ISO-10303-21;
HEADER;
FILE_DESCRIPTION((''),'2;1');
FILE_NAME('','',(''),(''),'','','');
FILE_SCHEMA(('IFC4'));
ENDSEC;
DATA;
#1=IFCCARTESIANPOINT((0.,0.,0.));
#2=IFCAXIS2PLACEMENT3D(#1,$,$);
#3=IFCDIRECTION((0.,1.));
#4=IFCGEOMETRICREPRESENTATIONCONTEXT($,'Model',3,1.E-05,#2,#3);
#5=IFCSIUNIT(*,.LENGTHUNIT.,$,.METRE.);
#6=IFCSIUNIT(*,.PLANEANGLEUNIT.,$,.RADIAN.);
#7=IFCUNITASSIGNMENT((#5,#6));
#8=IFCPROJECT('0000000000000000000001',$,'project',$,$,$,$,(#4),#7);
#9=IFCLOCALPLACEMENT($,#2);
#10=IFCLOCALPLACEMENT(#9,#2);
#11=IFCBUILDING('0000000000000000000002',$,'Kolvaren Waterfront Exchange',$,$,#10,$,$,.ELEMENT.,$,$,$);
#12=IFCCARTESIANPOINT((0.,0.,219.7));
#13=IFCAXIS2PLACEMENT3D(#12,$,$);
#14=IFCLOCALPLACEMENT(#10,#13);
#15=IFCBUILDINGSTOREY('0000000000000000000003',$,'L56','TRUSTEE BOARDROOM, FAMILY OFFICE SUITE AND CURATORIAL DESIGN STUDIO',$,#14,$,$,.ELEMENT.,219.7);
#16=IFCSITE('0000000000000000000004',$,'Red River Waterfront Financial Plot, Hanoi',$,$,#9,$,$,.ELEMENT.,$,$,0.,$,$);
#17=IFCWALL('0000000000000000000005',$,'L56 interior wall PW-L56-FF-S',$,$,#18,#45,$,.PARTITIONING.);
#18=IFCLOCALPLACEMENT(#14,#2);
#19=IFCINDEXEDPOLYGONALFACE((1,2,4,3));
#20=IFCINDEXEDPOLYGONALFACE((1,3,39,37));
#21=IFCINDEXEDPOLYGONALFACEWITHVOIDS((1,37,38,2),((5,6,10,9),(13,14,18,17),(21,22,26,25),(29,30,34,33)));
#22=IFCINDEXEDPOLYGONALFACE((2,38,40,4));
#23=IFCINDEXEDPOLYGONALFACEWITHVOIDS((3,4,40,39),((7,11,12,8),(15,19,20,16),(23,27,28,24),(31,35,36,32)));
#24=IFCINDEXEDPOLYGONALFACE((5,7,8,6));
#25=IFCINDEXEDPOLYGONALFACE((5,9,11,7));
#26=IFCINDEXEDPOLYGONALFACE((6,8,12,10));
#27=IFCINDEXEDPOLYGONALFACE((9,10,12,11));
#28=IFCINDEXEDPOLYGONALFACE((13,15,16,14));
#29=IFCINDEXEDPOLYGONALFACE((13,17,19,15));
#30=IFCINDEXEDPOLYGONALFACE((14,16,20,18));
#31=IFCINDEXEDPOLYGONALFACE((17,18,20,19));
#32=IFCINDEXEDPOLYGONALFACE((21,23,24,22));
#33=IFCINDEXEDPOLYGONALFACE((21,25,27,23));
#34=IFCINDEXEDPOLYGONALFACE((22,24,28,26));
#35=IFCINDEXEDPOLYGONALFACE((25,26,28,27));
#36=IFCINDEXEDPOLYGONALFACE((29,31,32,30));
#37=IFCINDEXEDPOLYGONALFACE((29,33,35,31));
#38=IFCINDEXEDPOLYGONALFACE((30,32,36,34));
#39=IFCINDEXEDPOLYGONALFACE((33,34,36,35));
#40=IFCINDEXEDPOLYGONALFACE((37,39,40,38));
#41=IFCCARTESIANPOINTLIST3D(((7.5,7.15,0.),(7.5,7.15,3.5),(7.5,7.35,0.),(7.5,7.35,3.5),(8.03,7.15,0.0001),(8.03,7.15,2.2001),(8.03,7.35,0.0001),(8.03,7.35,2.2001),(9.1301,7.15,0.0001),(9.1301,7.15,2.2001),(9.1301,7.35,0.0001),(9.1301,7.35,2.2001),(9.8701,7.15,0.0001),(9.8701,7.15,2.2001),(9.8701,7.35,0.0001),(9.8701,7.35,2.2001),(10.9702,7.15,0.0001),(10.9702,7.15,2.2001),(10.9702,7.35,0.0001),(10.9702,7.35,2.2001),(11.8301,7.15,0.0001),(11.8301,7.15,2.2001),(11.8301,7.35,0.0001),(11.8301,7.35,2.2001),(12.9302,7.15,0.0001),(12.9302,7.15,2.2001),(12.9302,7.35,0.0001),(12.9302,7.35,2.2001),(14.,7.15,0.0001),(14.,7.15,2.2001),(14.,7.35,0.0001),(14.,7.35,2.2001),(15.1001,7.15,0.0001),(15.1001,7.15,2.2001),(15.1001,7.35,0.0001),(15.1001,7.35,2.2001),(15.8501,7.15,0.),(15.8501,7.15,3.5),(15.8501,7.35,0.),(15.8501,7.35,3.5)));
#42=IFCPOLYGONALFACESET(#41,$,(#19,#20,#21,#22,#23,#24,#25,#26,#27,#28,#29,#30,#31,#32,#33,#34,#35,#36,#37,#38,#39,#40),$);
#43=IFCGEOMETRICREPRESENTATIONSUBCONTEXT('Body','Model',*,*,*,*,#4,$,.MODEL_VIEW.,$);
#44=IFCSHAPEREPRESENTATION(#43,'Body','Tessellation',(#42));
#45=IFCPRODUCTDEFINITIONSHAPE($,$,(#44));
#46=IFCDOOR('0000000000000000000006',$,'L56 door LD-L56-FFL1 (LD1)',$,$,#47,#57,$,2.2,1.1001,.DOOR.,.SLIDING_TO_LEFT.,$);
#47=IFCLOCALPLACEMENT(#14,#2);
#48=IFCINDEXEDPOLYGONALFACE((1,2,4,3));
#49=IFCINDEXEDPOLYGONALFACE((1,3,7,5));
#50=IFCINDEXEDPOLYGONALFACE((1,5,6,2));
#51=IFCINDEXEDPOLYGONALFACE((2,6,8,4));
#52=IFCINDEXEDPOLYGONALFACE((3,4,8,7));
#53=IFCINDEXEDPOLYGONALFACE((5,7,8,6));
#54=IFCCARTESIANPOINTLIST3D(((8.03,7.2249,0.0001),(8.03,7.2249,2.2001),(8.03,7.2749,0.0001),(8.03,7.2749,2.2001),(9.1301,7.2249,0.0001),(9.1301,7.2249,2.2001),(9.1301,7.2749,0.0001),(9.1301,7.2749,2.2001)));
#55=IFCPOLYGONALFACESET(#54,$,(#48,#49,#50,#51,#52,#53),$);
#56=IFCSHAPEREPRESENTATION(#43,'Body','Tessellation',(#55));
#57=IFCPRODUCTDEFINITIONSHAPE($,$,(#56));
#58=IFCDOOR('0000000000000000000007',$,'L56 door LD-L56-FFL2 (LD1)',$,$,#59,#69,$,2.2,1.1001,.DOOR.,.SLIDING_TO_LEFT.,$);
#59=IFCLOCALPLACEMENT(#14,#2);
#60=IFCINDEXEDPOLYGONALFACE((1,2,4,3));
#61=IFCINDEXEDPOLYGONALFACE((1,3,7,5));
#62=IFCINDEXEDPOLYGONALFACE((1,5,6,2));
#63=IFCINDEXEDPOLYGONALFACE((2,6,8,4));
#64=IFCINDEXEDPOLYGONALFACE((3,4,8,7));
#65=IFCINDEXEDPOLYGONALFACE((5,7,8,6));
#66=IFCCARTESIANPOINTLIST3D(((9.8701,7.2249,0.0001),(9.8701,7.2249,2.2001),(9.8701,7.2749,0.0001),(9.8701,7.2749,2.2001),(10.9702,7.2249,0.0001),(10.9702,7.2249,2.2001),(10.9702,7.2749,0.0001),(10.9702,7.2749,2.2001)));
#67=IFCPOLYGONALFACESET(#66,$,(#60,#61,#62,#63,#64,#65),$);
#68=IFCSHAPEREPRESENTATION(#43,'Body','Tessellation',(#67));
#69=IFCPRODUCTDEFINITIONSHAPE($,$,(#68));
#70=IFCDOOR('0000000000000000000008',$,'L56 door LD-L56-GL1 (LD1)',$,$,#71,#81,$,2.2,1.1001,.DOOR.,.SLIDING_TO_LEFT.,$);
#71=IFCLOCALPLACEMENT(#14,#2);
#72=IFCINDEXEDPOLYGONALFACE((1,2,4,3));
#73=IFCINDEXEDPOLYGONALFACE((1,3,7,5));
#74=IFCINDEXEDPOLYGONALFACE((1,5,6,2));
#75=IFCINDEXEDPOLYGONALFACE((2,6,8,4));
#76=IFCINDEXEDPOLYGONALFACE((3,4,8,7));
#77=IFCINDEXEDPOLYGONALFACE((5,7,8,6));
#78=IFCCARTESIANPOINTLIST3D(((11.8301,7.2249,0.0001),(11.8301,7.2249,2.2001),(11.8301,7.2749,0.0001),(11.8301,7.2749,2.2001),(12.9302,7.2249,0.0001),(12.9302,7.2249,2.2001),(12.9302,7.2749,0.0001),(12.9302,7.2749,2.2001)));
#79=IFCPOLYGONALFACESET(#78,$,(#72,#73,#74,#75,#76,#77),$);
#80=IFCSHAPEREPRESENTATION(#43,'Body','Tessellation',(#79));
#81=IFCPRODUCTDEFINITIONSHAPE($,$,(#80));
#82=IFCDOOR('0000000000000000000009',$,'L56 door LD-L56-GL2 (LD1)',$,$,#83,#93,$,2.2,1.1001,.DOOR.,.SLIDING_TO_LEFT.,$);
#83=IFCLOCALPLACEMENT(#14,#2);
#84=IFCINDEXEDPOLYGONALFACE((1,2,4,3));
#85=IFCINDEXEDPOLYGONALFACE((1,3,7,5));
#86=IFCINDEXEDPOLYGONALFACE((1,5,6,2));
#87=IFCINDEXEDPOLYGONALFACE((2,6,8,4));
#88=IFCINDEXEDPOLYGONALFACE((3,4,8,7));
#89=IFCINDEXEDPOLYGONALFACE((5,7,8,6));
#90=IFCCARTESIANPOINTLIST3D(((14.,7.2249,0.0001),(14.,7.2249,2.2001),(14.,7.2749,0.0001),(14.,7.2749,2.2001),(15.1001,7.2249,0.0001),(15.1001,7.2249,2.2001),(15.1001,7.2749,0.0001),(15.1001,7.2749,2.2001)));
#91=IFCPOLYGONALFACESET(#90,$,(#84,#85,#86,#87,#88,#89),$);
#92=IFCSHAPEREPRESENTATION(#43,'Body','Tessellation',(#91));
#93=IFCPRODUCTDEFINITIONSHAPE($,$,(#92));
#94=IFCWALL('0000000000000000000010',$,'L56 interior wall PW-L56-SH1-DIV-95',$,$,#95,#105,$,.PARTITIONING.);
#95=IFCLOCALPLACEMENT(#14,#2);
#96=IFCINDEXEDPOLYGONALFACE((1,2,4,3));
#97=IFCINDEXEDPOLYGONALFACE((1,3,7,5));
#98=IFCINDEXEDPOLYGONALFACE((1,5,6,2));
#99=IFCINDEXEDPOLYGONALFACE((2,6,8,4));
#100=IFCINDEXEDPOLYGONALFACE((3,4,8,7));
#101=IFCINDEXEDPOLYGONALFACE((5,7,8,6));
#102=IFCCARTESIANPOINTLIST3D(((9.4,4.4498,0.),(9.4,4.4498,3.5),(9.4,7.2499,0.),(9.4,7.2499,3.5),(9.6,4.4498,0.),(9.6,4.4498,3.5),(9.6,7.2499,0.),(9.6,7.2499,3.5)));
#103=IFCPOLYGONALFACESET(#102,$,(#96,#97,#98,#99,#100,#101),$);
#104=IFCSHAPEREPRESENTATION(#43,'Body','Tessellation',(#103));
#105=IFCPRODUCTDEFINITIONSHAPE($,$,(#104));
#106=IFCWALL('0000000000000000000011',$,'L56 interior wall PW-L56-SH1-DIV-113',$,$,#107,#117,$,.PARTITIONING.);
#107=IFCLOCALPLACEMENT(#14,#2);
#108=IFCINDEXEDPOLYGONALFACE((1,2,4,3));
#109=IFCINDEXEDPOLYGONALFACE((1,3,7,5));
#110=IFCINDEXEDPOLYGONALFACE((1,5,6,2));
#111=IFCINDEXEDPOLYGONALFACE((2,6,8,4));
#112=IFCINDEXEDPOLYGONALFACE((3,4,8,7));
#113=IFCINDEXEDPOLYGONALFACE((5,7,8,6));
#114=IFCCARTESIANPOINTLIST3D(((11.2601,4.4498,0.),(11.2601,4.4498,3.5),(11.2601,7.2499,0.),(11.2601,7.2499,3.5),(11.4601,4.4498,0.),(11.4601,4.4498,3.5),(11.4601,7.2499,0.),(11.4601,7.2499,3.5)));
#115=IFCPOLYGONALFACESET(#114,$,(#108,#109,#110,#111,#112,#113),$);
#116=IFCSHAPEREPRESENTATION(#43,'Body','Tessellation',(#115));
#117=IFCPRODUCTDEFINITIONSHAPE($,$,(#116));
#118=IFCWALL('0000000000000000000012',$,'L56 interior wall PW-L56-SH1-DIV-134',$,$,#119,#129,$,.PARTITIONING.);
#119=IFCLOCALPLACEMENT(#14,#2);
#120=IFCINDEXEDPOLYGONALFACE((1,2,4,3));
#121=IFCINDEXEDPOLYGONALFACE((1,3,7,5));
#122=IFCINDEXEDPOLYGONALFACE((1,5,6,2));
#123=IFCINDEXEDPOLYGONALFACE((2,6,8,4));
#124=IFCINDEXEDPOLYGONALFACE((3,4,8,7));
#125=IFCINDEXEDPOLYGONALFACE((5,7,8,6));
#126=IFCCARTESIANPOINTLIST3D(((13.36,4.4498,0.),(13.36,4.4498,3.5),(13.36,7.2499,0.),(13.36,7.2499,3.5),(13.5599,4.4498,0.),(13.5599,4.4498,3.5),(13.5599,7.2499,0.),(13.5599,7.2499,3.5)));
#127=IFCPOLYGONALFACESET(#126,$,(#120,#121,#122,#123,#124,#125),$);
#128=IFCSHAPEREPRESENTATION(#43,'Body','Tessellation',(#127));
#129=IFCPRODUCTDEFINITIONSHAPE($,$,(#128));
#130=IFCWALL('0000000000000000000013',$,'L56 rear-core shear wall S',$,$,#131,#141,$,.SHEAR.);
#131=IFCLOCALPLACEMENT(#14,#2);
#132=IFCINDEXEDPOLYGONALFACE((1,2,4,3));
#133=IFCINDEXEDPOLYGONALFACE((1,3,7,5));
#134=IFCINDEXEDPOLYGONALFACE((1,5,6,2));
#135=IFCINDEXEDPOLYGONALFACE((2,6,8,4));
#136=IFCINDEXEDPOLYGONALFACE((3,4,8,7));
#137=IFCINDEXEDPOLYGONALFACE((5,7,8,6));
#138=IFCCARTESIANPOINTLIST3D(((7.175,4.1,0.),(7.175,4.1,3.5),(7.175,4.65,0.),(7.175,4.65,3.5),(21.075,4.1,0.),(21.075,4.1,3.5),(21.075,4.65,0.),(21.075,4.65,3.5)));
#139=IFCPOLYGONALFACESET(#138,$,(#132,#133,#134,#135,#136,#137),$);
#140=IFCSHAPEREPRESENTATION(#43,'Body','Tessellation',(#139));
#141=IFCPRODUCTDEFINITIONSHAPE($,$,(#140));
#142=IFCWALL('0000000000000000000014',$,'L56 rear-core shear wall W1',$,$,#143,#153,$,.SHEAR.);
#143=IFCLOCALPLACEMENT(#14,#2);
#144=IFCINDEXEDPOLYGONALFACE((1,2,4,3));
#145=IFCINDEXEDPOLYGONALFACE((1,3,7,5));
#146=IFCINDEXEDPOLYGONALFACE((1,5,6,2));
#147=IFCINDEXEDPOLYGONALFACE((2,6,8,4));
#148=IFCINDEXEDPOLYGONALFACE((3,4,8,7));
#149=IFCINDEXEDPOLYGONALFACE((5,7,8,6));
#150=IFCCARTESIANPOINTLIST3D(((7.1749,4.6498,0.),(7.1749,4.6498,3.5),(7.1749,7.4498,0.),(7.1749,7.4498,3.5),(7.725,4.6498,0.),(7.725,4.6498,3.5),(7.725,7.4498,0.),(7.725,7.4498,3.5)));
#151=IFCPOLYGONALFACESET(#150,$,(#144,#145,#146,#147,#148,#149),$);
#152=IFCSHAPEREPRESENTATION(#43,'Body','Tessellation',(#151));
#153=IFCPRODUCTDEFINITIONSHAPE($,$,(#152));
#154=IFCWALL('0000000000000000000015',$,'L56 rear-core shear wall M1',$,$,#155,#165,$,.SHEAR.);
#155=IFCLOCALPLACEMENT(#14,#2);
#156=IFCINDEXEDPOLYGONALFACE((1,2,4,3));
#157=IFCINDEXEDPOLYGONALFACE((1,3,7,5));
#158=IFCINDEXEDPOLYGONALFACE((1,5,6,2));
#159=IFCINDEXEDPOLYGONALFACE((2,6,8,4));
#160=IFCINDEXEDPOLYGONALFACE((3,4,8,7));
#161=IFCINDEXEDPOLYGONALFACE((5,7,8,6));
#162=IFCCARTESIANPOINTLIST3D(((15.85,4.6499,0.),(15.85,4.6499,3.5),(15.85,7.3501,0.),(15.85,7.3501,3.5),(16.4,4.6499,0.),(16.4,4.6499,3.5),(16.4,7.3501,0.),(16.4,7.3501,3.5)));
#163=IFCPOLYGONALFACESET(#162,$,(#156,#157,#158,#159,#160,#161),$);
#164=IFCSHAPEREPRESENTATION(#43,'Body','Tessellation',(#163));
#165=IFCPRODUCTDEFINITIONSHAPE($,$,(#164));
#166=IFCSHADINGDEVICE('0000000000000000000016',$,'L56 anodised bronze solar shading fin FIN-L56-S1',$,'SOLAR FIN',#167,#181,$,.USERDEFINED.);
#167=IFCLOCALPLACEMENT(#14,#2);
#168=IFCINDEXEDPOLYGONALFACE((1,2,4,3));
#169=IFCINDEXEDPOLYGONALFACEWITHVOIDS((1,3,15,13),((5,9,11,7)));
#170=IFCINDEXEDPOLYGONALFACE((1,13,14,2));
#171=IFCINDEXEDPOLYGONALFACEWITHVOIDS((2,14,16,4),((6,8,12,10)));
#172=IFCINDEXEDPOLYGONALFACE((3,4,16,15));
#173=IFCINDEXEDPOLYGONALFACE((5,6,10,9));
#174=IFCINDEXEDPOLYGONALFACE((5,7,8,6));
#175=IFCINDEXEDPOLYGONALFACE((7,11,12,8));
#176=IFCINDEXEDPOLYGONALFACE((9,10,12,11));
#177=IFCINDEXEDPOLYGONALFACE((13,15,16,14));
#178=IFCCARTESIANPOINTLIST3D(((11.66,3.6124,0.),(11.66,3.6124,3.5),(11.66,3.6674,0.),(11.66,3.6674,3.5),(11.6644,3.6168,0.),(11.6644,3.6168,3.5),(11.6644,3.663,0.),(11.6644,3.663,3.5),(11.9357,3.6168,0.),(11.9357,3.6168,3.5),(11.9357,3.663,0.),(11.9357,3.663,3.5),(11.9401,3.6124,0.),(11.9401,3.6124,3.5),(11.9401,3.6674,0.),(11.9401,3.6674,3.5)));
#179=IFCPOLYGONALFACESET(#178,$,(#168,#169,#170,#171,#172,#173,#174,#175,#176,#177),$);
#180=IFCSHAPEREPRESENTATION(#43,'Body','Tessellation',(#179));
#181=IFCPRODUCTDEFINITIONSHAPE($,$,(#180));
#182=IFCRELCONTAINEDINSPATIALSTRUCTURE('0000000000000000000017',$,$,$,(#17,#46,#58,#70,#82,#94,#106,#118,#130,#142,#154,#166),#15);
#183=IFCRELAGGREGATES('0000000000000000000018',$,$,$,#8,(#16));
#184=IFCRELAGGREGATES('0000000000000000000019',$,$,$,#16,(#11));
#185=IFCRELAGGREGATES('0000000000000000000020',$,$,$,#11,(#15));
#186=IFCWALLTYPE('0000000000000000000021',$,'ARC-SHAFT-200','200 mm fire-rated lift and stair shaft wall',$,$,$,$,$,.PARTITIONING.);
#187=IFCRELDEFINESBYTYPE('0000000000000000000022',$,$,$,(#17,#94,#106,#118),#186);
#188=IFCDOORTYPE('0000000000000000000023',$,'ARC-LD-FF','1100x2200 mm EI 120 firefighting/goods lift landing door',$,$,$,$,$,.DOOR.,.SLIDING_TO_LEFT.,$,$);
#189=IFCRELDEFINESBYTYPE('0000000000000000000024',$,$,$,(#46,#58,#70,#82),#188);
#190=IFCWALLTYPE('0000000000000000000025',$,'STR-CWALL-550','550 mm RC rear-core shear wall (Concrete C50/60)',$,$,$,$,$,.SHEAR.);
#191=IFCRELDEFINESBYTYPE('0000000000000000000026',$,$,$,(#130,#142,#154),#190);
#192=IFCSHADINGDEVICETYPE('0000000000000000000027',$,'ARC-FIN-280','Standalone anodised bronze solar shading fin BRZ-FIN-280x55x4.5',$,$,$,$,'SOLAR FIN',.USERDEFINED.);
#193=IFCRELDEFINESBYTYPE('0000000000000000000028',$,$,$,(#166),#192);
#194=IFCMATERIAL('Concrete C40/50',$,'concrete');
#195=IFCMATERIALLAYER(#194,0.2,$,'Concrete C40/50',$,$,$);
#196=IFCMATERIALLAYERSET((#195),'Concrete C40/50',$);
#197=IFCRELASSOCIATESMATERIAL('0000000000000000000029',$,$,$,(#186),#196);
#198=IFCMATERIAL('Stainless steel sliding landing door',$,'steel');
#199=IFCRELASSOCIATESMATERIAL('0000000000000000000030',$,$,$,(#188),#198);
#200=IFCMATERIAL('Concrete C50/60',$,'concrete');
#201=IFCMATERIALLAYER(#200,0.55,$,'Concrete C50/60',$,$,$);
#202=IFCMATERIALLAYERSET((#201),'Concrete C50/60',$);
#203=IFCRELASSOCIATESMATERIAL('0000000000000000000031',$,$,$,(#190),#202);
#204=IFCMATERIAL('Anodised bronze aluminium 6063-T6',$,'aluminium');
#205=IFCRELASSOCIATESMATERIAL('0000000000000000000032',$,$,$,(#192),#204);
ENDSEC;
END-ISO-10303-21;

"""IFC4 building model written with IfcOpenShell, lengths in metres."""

from ifc_helpers import new_model, si_unit, direction, frame, frame_2d, origin, origin_2d, place, context, subcontext, project, spatial, rectangle, hollow_rectangle, extrude, material, layer, layer_set, material_profile, profile_set, type_object, element, fill, save


model = new_model("IFC4")

# Units and contexts
model_context = context("Model", 3, precision=1e-05, world=origin(), true_north=direction((0.0, 1.0)))
body_context = subcontext(model_context, "Body", "Model", "MODEL_VIEW")
ifc_project = project(units=[si_unit("LENGTHUNIT", "METRE"), si_unit("PLANEANGLEUNIT", "RADIAN")], contexts=[model_context])

# Site, building, storey
site_placement = place(None, origin())
site = spatial("IfcSite", under=ifc_project, at=site_placement, Name="Red River Waterfront Financial Plot, Hanoi", CompositionType="ELEMENT", RefElevation=0.0)
building_placement = place(site_placement, origin())
building = spatial("IfcBuilding", under=site, at=building_placement, Name="Kolvaren Waterfront Exchange", CompositionType="ELEMENT")
storey_placement = place(building_placement, frame((0.0, 0.0, 219.7)))
storey = spatial("IfcBuildingStorey", under=building, at=storey_placement, Name="L56", Description="TRUSTEE BOARDROOM, FAMILY OFFICE SUITE AND CURATORIAL DESIGN STUDIO", CompositionType="ELEMENT", Elevation=219.7)

# Shared definitions
ifc_material_1 = material(Name="Concrete C50/60", Category="concrete")

# Shared definitions
ifc_material_2 = material(Name="Anodised bronze aluminium 6063-T6", Category="aluminium")

# Shared definitions
ifc_material_3 = material(Name="Concrete C40/50", Category="concrete")
ifc_layer_1 = layer(ifc_material_3, 0.2, Name="Concrete C40/50")
ifc_layer_set_1 = layer_set([ifc_layer_1], Name="Concrete C40/50")
wall_type_1 = type_object("IfcWallType", Name="ARC-SHAFT-200", Description="200 mm fire-rated lift and stair shaft wall", PredefinedType="PARTITIONING", material=ifc_layer_set_1)

# Wall, openings, doors
wall_1_placement = place(storey_placement, frame((7.5, 7.25, 0.0), z_axis=(0.0, 0.0, 1.0), x_axis=(1.0, 0.0, 0.0)))
wall_1 = element("IfcWall", 1, at=wall_1_placement, inside=storey, type_object=wall_type_1, Name="L56 interior wall PW-L56-FF-S", PredefinedType="PARTITIONING", context=body_context, shape_type="SweptSolid", body=[
    extrude(rectangle(XDim=8.3501, YDim=0.2, at=frame_2d((4.175, 0.0))), origin(), (0.0, 0.0, 1.0), 3.5),
])
opening_1_placement = place(wall_1_placement, frame((0.53, 0.0, 0.0)))
opening_1 = element("IfcOpeningElement", 2, at=opening_1_placement, cuts=wall_1, PredefinedType="OPENING", context=body_context, shape_type="SweptSolid", body=[
    extrude(rectangle(XDim=1.1001, YDim=2.2, at=frame_2d((0.55, 1.1001))), frame((0.0, 0.1099, 0.0), z_axis=(0.0, -1.0, 0.0), x_axis=(1.0, 0.0, 0.0)), (0.0, 0.0, 1.0), 0.22),
])
opening_2_placement = place(wall_1_placement, frame((2.3701, 0.0, 0.0)))
opening_2 = element("IfcOpeningElement", 3, at=opening_2_placement, cuts=wall_1, PredefinedType="OPENING", context=body_context, shape_type="SweptSolid", body=[
    extrude(rectangle(XDim=1.1001, YDim=2.2, at=frame_2d((0.55, 1.1001))), frame((0.0, 0.1099, 0.0), z_axis=(0.0, -1.0, 0.0), x_axis=(1.0, 0.0, 0.0)), (0.0, 0.0, 1.0), 0.22),
])
opening_3_placement = place(wall_1_placement, frame((4.3301, 0.0, 0.0)))
opening_3 = element("IfcOpeningElement", 4, at=opening_3_placement, cuts=wall_1, PredefinedType="OPENING", context=body_context, shape_type="SweptSolid", body=[
    extrude(rectangle(XDim=1.1001, YDim=2.2, at=frame_2d((0.55, 1.1001))), frame((0.0, 0.1099, 0.0), z_axis=(0.0, -1.0, 0.0), x_axis=(1.0, 0.0, 0.0)), (0.0, 0.0, 1.0), 0.22),
])
opening_4_placement = place(wall_1_placement, frame((6.5, 0.0, 0.0)))
opening_4 = element("IfcOpeningElement", 5, at=opening_4_placement, cuts=wall_1, PredefinedType="OPENING", context=body_context, shape_type="SweptSolid", body=[
    extrude(rectangle(XDim=1.1001, YDim=2.2, at=frame_2d((0.55, 1.1001))), frame((0.0, 0.1099, 0.0), z_axis=(0.0, -1.0, 0.0), x_axis=(1.0, 0.0, 0.0)), (0.0, 0.0, 1.0), 0.22),
])
ifc_material_4 = material(Name="Stainless steel sliding landing door", Category="steel")
door_type = type_object("IfcDoorType", Name="ARC-LD-FF", Description="1100x2200 mm EI 120 firefighting/goods lift landing door", OperationType="SLIDING_TO_LEFT", PredefinedType="DOOR", material=ifc_material_4)
door_1_placement = place(opening_1_placement, origin())
door_1 = element("IfcDoor", 6, at=door_1_placement, inside=storey, type_object=door_type, Name="L56 door LD-L56-FFL1 (LD1)", OperationType="SLIDING_TO_LEFT", OverallHeight=2.2, OverallWidth=1.1001, PredefinedType="DOOR", context=body_context, shape_type="SweptSolid", body=[
    extrude(rectangle(XDim=1.1001, YDim=2.2, at=frame_2d((0.55, 1.1001))), frame((0.0, 0.0249, 0.0), z_axis=(0.0, -1.0, 0.0), x_axis=(1.0, 0.0, 0.0)), (0.0, 0.0, 1.0), 0.05),
])
fill(opening_1, door_1)
door_2_placement = place(opening_2_placement, origin())
door_2 = element("IfcDoor", 7, at=door_2_placement, inside=storey, type_object=door_type, Name="L56 door LD-L56-FFL2 (LD1)", OperationType="SLIDING_TO_LEFT", OverallHeight=2.2, OverallWidth=1.1001, PredefinedType="DOOR", context=body_context, shape_type="SweptSolid", body=[
    extrude(rectangle(XDim=1.1001, YDim=2.2, at=frame_2d((0.55, 1.1001))), frame((0.0, 0.0249, 0.0), z_axis=(0.0, -1.0, 0.0), x_axis=(1.0, 0.0, 0.0)), (0.0, 0.0, 1.0), 0.05),
])
fill(opening_2, door_2)
door_3_placement = place(opening_3_placement, origin())
door_3 = element("IfcDoor", 8, at=door_3_placement, inside=storey, type_object=door_type, Name="L56 door LD-L56-GL1 (LD1)", OperationType="SLIDING_TO_LEFT", OverallHeight=2.2, OverallWidth=1.1001, PredefinedType="DOOR", context=body_context, shape_type="SweptSolid", body=[
    extrude(rectangle(XDim=1.1001, YDim=2.2, at=frame_2d((0.55, 1.1001))), frame((0.0, 0.0249, 0.0), z_axis=(0.0, -1.0, 0.0), x_axis=(1.0, 0.0, 0.0)), (0.0, 0.0, 1.0), 0.05),
])
fill(opening_3, door_3)
door_4_placement = place(opening_4_placement, origin())
door_4 = element("IfcDoor", 9, at=door_4_placement, inside=storey, type_object=door_type, Name="L56 door LD-L56-GL2 (LD1)", OperationType="SLIDING_TO_LEFT", OverallHeight=2.2, OverallWidth=1.1001, PredefinedType="DOOR", context=body_context, shape_type="SweptSolid", body=[
    extrude(rectangle(XDim=1.1001, YDim=2.2, at=frame_2d((0.55, 1.1001))), frame((0.0, 0.0249, 0.0), z_axis=(0.0, -1.0, 0.0), x_axis=(1.0, 0.0, 0.0)), (0.0, 0.0, 1.0), 0.05),
])
fill(opening_4, door_4)

# Walls
for number, where, z_axis, x_axis, name in (
    (10, (9.5, 4.45, 0.0), (0.0, 0.0, 1.0), (0.0, 1.0, 0.0), "L56 interior wall PW-L56-SH1-DIV-95"),
    (11, (11.3601, 4.45, 0.0), (0.0, 0.0, 1.0), (0.0, 1.0, 0.0), "L56 interior wall PW-L56-SH1-DIV-113"),
    (12, (13.46, 4.45, 0.0), (0.0, 0.0, 1.0), (0.0, 1.0, 0.0), "L56 interior wall PW-L56-SH1-DIV-134"),
):
    element("IfcWall", number, at=place(storey_placement, frame(where, z_axis=z_axis, x_axis=x_axis)), inside=storey, type_object=wall_type_1, Name=name, PredefinedType="PARTITIONING", context=body_context, shape_type="SweptSolid", body=[
        extrude(rectangle(XDim=2.8, YDim=0.2, at=frame_2d((1.3999, 0.0))), origin(), (0.0, 0.0, 1.0), 3.5),
    ])
ifc_layer_2 = layer(ifc_material_1, 0.55, Name="Concrete C50/60")
ifc_layer_set_2 = layer_set([ifc_layer_2], Name="Concrete C50/60")
wall_type_2 = type_object("IfcWallType", Name="STR-CWALL-550", Description="550 mm RC rear-core shear wall (Concrete C50/60)", PredefinedType="SHEAR", material=ifc_layer_set_2)
wall_2_placement = place(storey_placement, frame((7.175, 4.375, 0.0), z_axis=(0.0, 0.0, 1.0), x_axis=(1.0, 0.0, 0.0)))
element("IfcWall", 13, at=wall_2_placement, inside=storey, type_object=wall_type_2, Name="L56 rear-core shear wall S", PredefinedType="SHEAR", context=body_context, shape_type="SweptSolid", body=[
    extrude(rectangle(XDim=13.8999, YDim=0.55, at=frame_2d((6.95, 0.0))), origin(), (0.0, 0.0, 1.0), 3.5),
])
wall_3_placement = place(storey_placement, frame((7.45, 4.6499, 0.0), z_axis=(0.0, 0.0, 1.0), x_axis=(0.0, 1.0, 0.0)))
element("IfcWall", 14, at=wall_3_placement, inside=storey, type_object=wall_type_2, Name="L56 rear-core shear wall W1", PredefinedType="SHEAR", context=body_context, shape_type="SweptSolid", body=[
    extrude(rectangle(XDim=2.8, YDim=0.55, at=frame_2d((1.3999, 0.0))), origin(), (0.0, 0.0, 1.0), 3.5),
])
wall_4_placement = place(storey_placement, frame((16.125, 4.6499, 0.0), z_axis=(0.0, 0.0, 1.0), x_axis=(0.0, 1.0, 0.0)))
element("IfcWall", 15, at=wall_4_placement, inside=storey, type_object=wall_type_2, Name="L56 rear-core shear wall M1", PredefinedType="SHEAR", context=body_context, shape_type="SweptSolid", body=[
    extrude(rectangle(XDim=2.7002, YDim=0.55, at=frame_2d((1.3501, 0.0))), origin(), (0.0, 0.0, 1.0), 3.5),
])

# Shading device
ifc_material_profile_1 = material_profile(ifc_material_2, hollow_rectangle(XDim=0.0549, YDim=0.28, WallThickness=0.0044, at=origin_2d()), Name="BRZ-FIN-280x55x4.5")
ifc_profile_set_1 = profile_set([ifc_material_profile_1], Name="Anodised bronze aluminium 6063-T6")
shading_device_type = type_object("IfcShadingDeviceType", Name="ARC-FIN-280", Description="Standalone anodised bronze solar shading fin BRZ-FIN-280x55x4.5", ElementType="SOLAR FIN", PredefinedType="USERDEFINED", material=ifc_profile_set_1)
shading_device_placement = place(storey_placement, frame((11.8, 3.6399, 0.0), z_axis=(0.0, 0.0, 1.0), x_axis=(0.0, -1.0, 0.0)))
element("IfcShadingDevice", 16, at=shading_device_placement, inside=storey, type_object=shading_device_type, Name="L56 anodised bronze solar shading fin FIN-L56-S1", ObjectType="SOLAR FIN", PredefinedType="USERDEFINED", context=body_context, shape_type="SweptSolid", body=[
    extrude(hollow_rectangle(XDim=0.0549, YDim=0.28, WallThickness=0.0044, at=origin_2d()), origin(), (0.0, 0.0, 1.0), 3.5),
])

save(model, "model.ifc")
